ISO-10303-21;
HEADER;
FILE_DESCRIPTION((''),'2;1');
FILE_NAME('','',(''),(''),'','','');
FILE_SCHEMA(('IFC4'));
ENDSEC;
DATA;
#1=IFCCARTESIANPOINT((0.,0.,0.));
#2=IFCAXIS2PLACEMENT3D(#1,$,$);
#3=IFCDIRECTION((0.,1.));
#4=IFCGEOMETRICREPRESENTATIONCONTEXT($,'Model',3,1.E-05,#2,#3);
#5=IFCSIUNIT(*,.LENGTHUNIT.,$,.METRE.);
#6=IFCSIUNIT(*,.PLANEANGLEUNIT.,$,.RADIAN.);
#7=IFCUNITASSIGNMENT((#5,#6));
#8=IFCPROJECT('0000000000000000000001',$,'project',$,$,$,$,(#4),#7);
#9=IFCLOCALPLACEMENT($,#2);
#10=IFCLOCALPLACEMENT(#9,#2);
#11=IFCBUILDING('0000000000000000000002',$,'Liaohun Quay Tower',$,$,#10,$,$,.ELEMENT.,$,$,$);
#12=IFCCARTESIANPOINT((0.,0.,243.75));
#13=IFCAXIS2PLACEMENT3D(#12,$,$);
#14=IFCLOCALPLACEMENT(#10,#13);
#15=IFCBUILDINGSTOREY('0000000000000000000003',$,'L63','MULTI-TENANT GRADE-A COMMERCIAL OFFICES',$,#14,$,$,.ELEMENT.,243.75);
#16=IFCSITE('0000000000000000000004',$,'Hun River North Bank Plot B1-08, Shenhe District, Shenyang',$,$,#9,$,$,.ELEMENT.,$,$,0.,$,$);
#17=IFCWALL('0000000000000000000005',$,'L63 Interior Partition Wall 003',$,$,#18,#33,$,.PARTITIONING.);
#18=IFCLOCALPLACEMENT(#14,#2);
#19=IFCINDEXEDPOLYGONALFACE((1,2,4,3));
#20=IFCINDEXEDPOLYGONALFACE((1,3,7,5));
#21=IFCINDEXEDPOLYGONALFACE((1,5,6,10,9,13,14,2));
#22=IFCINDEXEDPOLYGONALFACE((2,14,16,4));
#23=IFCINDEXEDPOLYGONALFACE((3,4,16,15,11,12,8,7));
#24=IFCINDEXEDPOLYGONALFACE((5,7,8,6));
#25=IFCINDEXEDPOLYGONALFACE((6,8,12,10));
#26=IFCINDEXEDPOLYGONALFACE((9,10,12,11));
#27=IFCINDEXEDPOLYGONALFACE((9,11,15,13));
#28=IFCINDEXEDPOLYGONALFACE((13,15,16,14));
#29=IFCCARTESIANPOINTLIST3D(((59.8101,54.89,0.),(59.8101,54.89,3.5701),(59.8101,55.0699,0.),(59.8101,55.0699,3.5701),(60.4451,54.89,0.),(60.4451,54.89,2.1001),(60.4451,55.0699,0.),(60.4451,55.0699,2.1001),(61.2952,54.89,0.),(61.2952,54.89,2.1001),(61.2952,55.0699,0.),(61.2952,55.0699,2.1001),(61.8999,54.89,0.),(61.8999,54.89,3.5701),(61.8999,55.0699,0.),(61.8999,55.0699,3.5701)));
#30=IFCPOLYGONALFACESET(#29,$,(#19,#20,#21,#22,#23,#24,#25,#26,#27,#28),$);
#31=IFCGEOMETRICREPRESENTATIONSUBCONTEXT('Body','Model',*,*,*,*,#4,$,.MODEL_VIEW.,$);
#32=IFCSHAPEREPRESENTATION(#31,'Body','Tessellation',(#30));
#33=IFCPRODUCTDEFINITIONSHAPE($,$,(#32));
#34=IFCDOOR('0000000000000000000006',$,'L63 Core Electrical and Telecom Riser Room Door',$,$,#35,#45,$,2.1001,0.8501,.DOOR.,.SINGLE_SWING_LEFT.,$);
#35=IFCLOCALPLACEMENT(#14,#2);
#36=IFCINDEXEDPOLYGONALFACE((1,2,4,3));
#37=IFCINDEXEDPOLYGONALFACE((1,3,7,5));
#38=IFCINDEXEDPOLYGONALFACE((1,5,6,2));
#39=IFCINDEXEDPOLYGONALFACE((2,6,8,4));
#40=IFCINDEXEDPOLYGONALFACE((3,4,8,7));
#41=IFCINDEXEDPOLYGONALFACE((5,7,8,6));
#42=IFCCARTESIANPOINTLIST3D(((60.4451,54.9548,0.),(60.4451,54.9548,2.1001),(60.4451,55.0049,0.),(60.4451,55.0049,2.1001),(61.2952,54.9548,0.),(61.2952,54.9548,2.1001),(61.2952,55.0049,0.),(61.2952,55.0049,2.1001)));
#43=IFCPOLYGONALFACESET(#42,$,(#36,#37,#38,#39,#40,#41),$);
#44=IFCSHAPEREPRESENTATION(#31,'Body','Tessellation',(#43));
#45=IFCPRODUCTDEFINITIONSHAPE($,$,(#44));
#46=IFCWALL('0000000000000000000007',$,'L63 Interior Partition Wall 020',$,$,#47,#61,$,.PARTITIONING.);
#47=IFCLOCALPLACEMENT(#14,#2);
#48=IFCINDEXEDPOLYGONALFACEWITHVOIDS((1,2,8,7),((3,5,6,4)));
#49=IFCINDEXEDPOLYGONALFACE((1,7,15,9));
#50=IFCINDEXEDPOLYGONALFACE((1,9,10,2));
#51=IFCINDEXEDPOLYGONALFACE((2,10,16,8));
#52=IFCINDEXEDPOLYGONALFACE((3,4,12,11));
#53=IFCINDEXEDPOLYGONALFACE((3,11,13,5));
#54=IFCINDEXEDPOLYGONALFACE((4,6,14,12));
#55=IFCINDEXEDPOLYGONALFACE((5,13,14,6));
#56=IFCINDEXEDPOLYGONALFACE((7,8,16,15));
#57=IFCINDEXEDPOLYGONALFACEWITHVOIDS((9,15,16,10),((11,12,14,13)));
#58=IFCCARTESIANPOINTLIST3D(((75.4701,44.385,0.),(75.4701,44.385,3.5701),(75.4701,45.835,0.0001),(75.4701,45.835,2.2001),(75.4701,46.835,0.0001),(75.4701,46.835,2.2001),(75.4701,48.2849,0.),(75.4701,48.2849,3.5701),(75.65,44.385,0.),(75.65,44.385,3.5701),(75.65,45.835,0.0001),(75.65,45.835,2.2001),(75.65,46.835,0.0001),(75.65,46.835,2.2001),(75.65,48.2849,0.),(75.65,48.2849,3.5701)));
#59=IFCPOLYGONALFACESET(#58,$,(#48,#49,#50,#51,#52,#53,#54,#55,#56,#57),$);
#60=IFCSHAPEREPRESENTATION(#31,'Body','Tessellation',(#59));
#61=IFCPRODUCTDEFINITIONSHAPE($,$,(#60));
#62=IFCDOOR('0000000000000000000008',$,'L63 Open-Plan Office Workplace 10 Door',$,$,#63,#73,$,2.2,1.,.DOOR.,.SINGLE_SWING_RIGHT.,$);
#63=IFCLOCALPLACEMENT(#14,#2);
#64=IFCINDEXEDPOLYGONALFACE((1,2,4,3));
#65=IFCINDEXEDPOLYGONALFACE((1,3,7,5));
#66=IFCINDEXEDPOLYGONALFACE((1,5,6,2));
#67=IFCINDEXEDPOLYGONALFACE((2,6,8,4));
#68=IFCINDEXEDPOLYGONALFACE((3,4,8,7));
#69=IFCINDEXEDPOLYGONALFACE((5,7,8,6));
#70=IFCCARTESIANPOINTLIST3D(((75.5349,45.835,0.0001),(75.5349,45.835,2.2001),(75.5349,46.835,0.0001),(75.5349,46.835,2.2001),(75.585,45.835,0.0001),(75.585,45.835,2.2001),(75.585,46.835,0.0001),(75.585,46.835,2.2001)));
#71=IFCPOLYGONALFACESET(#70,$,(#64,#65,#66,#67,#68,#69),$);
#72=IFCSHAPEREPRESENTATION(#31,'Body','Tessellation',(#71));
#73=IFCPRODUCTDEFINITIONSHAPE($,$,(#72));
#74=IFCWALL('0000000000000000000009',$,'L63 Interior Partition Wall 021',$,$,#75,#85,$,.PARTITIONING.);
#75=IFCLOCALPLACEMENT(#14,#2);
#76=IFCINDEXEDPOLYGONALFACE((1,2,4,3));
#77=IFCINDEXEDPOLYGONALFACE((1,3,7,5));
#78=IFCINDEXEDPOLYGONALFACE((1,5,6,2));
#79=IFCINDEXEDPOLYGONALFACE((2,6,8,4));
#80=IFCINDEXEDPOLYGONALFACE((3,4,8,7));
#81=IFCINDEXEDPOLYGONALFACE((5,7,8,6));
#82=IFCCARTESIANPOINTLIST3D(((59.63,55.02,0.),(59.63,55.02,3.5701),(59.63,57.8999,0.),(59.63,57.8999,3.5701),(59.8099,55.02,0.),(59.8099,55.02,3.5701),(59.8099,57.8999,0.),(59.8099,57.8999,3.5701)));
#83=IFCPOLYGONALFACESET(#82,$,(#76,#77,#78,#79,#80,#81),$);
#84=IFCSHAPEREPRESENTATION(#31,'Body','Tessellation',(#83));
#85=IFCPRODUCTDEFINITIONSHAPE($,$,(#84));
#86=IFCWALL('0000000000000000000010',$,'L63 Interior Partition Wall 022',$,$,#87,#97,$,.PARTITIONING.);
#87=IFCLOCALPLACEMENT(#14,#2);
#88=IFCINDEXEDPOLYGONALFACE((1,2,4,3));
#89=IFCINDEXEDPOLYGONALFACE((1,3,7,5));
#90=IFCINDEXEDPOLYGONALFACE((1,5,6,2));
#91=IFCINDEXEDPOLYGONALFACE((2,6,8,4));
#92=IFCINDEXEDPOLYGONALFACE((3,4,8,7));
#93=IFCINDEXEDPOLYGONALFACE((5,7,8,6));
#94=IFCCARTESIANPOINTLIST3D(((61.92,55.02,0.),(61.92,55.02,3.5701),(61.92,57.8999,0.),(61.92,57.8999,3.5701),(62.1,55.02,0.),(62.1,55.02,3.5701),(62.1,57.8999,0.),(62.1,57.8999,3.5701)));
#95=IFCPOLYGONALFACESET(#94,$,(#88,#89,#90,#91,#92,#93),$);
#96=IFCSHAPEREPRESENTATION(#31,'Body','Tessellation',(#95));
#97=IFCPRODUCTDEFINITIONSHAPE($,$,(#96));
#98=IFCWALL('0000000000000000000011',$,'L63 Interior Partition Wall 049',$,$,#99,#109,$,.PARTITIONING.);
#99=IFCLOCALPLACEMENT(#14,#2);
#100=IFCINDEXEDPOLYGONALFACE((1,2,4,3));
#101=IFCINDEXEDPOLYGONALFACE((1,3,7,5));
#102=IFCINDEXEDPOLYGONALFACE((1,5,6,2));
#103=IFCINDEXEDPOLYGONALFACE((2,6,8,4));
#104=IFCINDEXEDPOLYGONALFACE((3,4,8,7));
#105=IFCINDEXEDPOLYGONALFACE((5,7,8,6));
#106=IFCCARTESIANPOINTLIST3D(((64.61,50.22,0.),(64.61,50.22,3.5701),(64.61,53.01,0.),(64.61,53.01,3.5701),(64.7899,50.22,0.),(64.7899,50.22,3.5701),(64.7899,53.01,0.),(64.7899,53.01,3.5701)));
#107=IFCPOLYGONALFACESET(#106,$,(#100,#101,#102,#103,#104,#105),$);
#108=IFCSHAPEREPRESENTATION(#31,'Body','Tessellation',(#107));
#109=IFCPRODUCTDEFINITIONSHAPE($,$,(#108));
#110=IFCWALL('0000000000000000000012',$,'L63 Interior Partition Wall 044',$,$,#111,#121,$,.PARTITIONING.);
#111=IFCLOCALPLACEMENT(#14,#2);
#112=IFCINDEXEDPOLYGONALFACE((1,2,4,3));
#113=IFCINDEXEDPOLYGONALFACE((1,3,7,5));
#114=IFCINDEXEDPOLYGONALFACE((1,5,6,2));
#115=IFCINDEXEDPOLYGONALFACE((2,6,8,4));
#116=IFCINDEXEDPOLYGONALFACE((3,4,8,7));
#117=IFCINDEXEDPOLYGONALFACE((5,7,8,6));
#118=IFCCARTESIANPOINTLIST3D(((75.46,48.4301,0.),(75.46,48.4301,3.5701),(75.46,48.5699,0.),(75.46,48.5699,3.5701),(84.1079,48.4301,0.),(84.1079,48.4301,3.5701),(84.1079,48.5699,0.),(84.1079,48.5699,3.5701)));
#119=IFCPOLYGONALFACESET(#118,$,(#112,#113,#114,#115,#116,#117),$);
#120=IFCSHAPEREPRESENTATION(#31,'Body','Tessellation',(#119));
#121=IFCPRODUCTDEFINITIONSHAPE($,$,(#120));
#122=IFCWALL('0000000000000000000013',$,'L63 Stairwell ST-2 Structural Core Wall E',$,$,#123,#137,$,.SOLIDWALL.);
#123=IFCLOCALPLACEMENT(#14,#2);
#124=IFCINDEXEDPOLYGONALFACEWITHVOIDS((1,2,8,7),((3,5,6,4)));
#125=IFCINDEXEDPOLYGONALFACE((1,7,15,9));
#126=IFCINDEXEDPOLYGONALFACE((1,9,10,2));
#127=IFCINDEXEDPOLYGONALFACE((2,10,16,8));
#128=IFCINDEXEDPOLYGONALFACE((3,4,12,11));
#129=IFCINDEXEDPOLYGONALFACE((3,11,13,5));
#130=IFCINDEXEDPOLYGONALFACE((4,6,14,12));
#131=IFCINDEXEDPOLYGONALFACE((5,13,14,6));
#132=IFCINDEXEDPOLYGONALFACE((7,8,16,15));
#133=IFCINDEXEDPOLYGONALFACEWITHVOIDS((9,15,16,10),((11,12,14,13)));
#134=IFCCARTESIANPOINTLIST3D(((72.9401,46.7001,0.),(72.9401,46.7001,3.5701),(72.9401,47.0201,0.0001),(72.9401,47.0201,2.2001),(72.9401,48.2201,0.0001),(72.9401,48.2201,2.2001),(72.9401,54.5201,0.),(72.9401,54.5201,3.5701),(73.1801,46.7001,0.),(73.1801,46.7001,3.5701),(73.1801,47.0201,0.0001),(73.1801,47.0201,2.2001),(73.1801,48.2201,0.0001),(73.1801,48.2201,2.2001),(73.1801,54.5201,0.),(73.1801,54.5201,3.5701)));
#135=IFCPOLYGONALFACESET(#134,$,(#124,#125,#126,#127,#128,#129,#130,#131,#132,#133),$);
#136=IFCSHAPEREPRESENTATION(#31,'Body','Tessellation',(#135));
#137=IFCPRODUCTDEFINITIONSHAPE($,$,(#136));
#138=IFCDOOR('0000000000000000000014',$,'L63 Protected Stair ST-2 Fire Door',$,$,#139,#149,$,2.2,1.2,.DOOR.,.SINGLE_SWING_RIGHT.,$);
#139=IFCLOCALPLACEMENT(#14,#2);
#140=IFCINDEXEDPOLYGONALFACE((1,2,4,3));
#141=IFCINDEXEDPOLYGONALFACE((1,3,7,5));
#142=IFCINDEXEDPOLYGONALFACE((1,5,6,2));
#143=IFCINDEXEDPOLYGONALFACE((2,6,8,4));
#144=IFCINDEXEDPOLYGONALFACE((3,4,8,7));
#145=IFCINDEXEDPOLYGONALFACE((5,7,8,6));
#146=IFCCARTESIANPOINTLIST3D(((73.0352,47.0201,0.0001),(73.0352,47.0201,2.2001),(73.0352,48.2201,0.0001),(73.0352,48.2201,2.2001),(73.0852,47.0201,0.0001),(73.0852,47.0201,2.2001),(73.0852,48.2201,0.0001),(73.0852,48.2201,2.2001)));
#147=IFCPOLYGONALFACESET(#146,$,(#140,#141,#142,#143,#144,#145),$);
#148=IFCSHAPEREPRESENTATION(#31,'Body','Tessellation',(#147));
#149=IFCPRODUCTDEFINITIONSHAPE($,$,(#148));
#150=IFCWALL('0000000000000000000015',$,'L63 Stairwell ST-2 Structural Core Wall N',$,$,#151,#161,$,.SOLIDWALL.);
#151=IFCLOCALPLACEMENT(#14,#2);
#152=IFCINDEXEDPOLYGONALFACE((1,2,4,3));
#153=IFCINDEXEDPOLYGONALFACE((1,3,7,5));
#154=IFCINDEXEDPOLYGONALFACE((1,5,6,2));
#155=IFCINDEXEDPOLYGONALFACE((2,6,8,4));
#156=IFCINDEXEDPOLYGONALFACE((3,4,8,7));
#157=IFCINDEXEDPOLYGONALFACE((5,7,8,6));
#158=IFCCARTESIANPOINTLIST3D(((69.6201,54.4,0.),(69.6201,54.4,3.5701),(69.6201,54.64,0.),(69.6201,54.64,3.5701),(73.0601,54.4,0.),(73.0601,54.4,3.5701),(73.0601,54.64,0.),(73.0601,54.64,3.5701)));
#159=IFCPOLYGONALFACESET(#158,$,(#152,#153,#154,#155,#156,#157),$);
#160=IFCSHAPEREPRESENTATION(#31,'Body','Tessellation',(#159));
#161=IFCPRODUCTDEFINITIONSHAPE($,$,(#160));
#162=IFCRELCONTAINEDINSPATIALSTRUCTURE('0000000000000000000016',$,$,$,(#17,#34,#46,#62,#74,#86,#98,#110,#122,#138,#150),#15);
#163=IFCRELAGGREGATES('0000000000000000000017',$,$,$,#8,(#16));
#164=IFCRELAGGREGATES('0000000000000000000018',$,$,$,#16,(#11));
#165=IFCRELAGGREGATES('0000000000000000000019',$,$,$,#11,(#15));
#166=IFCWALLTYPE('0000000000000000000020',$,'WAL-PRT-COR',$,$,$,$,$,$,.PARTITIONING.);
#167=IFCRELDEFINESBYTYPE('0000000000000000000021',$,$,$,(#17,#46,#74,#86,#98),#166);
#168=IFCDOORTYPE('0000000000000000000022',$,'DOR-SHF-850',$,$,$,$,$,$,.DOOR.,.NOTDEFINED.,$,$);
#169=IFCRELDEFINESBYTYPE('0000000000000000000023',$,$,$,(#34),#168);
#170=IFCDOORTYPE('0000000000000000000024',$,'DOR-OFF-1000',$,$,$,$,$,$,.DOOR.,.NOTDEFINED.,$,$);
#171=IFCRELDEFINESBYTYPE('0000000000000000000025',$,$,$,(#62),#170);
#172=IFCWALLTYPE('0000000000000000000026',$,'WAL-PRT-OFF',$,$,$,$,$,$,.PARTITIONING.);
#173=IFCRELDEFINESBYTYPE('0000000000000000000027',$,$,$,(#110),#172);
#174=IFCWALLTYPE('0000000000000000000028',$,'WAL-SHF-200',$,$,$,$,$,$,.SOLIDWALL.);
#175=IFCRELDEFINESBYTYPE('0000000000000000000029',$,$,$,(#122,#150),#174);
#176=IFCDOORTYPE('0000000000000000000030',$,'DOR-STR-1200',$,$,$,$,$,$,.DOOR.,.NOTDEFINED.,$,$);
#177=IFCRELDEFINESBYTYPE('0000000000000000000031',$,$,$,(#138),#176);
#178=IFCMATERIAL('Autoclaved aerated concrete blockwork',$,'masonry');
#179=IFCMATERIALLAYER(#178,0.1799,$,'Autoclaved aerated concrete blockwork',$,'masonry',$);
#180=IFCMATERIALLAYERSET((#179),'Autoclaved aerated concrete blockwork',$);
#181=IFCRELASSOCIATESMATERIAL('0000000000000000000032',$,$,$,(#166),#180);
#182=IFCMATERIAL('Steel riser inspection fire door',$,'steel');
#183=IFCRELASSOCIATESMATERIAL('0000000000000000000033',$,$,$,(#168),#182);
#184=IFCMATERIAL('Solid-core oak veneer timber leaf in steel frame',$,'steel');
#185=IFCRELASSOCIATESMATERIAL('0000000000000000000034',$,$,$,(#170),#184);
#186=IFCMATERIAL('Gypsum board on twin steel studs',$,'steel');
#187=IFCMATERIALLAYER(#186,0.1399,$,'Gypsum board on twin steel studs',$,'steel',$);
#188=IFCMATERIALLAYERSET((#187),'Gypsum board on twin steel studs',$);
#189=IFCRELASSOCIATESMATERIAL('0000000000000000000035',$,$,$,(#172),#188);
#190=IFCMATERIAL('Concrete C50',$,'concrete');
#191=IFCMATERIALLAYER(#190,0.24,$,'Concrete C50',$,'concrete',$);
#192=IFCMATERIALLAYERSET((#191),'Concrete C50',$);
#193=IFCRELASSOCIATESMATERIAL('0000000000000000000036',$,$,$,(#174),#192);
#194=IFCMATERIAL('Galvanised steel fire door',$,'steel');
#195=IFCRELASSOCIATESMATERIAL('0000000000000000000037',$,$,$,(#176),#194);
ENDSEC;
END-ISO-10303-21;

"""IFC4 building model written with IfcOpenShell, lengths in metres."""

from ifc_helpers import new_model, si_unit, direction, frame, frame_2d, origin, place, context, subcontext, project, spatial, rectangle, extrude, source, transform, mapped, material, layer, layer_set, type_object, element, fill, save


model = new_model("IFC4")

# Units and contexts
model_context = context("Model", 3, precision=1e-05, world=origin(), true_north=direction((0.0, 1.0)))
body_context = subcontext(model_context, "Body", "Model", "MODEL_VIEW")
ifc_project = project(units=[si_unit("LENGTHUNIT", "METRE"), si_unit("PLANEANGLEUNIT", "RADIAN")], contexts=[model_context])

# Site, building, storey
site_placement = place(None, origin())
site = spatial("IfcSite", under=ifc_project, at=site_placement, Name="Hun River North Bank Plot B1-08, Shenhe District, Shenyang", CompositionType="ELEMENT", RefElevation=0.0)
building_placement = place(site_placement, origin())
building = spatial("IfcBuilding", under=site, at=building_placement, Name="Liaohun Quay Tower", CompositionType="ELEMENT")
storey_placement = place(building_placement, frame((0.0, 0.0, 243.75)))
storey = spatial("IfcBuildingStorey", under=building, at=storey_placement, Name="L63", Description="MULTI-TENANT GRADE-A COMMERCIAL OFFICES", CompositionType="ELEMENT", Elevation=243.75)

# Walls, openings, doors
ifc_material_1 = material(Name="Autoclaved aerated concrete blockwork", Category="masonry")
ifc_layer_1 = layer(ifc_material_1, 0.1799, Name="Autoclaved aerated concrete blockwork", Category="masonry")
ifc_layer_set_1 = layer_set([ifc_layer_1], Name="Autoclaved aerated concrete blockwork")
wall_type_1 = type_object("IfcWallType", Name="WAL-PRT-COR", PredefinedType="PARTITIONING", material=ifc_layer_set_1)
wall_1_placement = place(storey_placement, frame((59.8101, 54.98, 0.0), z_axis=(0.0, 0.0, 1.0), x_axis=(1.0, 0.0, 0.0)))
wall_1 = element("IfcWall", 1, at=wall_1_placement, inside=storey, type_object=wall_type_1, Name="L63 Interior Partition Wall 003", PredefinedType="PARTITIONING", context=body_context, shape_type="SweptSolid", body=[
    extrude(rectangle(XDim=2.0898, YDim=0.1799, at=frame_2d((1.0449, 0.0))), origin(), (0.0, 0.0, 1.0), 3.5701),
])
shared_shape_1 = source(origin(), body_context, "Body", "SweptSolid", [
    extrude(rectangle(XDim=0.8501, YDim=2.1001, at=frame_2d((0.425, 1.05))), frame((0.0, 0.0999, 0.0), z_axis=(0.0, -1.0, 0.0), x_axis=(1.0, 0.0, 0.0)), (0.0, 0.0, 1.0), 0.2),
])
opening_1_placement = place(wall_1_placement, frame((0.635, 0.0, 0.0)))
opening_1 = element("IfcOpeningElement", 2, at=opening_1_placement, cuts=wall_1, PredefinedType="OPENING", context=body_context, shape_type="MappedRepresentation", body=[
    mapped(shared_shape_1, transform((0.0, 0.0, 0.0), x_axis=(1.0, 0.0, 0.0), y_axis=(0.0, 1.0, 0.0), z_axis=(0.0, 0.0, 1.0), scale=1.0)),
])
ifc_material_2 = material(Name="Steel riser inspection fire door", Category="steel")
door_type_1 = type_object("IfcDoorType", Name="DOR-SHF-850", OperationType="NOTDEFINED", PredefinedType="DOOR", material=ifc_material_2)
shared_shape_2 = source(origin(), body_context, "Body", "SweptSolid", [
    extrude(rectangle(XDim=0.8501, YDim=2.1001, at=frame_2d((0.425, 1.05))), frame((0.0, 0.0249, 0.0), z_axis=(0.0, -1.0, 0.0), x_axis=(1.0, 0.0, 0.0)), (0.0, 0.0, 1.0), 0.05),
])
door_1_placement = place(opening_1_placement, origin())
door_1 = element("IfcDoor", 3, at=door_1_placement, inside=storey, type_object=door_type_1, Name="L63 Core Electrical and Telecom Riser Room Door", OperationType="SINGLE_SWING_LEFT", OverallHeight=2.1001, OverallWidth=0.8501, PredefinedType="DOOR", context=body_context, shape_type="MappedRepresentation", body=[
    mapped(shared_shape_2, transform((0.0, 0.0, 0.0), x_axis=(1.0, 0.0, 0.0), y_axis=(0.0, 1.0, 0.0), z_axis=(0.0, 0.0, 1.0), scale=1.0)),
])
fill(opening_1, door_1)
wall_2_placement = place(storey_placement, frame((75.5601, 48.2849, 0.0), z_axis=(0.0, 0.0, 1.0), x_axis=(0.0, -1.0, 0.0)))
wall_2 = element("IfcWall", 4, at=wall_2_placement, inside=storey, type_object=wall_type_1, Name="L63 Interior Partition Wall 020", PredefinedType="PARTITIONING", context=body_context, shape_type="SweptSolid", body=[
    extrude(rectangle(XDim=3.8999, YDim=0.1799, at=frame_2d((1.95, 0.0))), origin(), (0.0, 0.0, 1.0), 3.5701),
])
shared_shape_3 = source(origin(), body_context, "Body", "SweptSolid", [
    extrude(rectangle(XDim=1.0, YDim=2.2, at=frame_2d((0.5, 1.1001))), frame((0.0, 0.0999, 0.0), z_axis=(0.0, -1.0, 0.0), x_axis=(1.0, 0.0, 0.0)), (0.0, 0.0, 1.0), 0.2),
])
opening_2_placement = place(wall_2_placement, frame((1.45, 0.0, 0.0)))
opening_2 = element("IfcOpeningElement", 5, at=opening_2_placement, cuts=wall_2, PredefinedType="OPENING", context=body_context, shape_type="MappedRepresentation", body=[
    mapped(shared_shape_3, transform((0.0, 0.0, 0.0), x_axis=(1.0, 0.0, 0.0), y_axis=(0.0, 1.0, 0.0), z_axis=(0.0, 0.0, 1.0), scale=1.0)),
])
ifc_material_3 = material(Name="Solid-core oak veneer timber leaf in steel frame", Category="steel")
door_type_2 = type_object("IfcDoorType", Name="DOR-OFF-1000", OperationType="NOTDEFINED", PredefinedType="DOOR", material=ifc_material_3)
shared_shape_4 = source(origin(), body_context, "Body", "SweptSolid", [
    extrude(rectangle(XDim=1.0, YDim=2.2, at=frame_2d((0.5, 1.1001))), frame((0.0, 0.0249, 0.0), z_axis=(0.0, -1.0, 0.0), x_axis=(1.0, 0.0, 0.0)), (0.0, 0.0, 1.0), 0.05),
])
door_2_placement = place(opening_2_placement, origin())
door_2 = element("IfcDoor", 6, at=door_2_placement, inside=storey, type_object=door_type_2, Name="L63 Open-Plan Office Workplace 10 Door", OperationType="SINGLE_SWING_RIGHT", OverallHeight=2.2, OverallWidth=1.0, PredefinedType="DOOR", context=body_context, shape_type="MappedRepresentation", body=[
    mapped(shared_shape_4, transform((0.0, 0.0, 0.0), x_axis=(1.0, 0.0, 0.0), y_axis=(0.0, 1.0, 0.0), z_axis=(0.0, 0.0, 1.0), scale=1.0)),
])
fill(opening_2, door_2)

# Walls
for number, where, z_axis, x_axis, name in (
    (7, (59.72, 55.02, 0.0), (0.0, 0.0, 1.0), (0.0, 1.0, 0.0), "L63 Interior Partition Wall 021"),
    (8, (62.01, 55.02, 0.0), (0.0, 0.0, 1.0), (0.0, 1.0, 0.0), "L63 Interior Partition Wall 022"),
):
    element("IfcWall", number, at=place(storey_placement, frame(where, z_axis=z_axis, x_axis=x_axis)), inside=storey, type_object=wall_type_1, Name=name, PredefinedType="PARTITIONING", context=body_context, shape_type="SweptSolid", body=[
        extrude(rectangle(XDim=2.8799, YDim=0.1799, at=frame_2d((1.4399, 0.0))), origin(), (0.0, 0.0, 1.0), 3.5701),
    ])
wall_3_placement = place(storey_placement, frame((64.7, 50.22, 0.0), z_axis=(0.0, 0.0, 1.0), x_axis=(0.0, 1.0, 0.0)))
element("IfcWall", 9, at=wall_3_placement, inside=storey, type_object=wall_type_1, Name="L63 Interior Partition Wall 049", PredefinedType="PARTITIONING", context=body_context, shape_type="SweptSolid", body=[
    extrude(rectangle(XDim=2.79, YDim=0.1799, at=frame_2d((1.395, 0.0))), origin(), (0.0, 0.0, 1.0), 3.5701),
])
ifc_material_4 = material(Name="Gypsum board on twin steel studs", Category="steel")
ifc_layer_2 = layer(ifc_material_4, 0.1399, Name="Gypsum board on twin steel studs", Category="steel")
ifc_layer_set_2 = layer_set([ifc_layer_2], Name="Gypsum board on twin steel studs")
wall_type_2 = type_object("IfcWallType", Name="WAL-PRT-OFF", PredefinedType="PARTITIONING", material=ifc_layer_set_2)
wall_4_placement = place(storey_placement, frame((75.46, 48.5, 0.0), z_axis=(0.0, 0.0, 1.0), x_axis=(1.0, 0.0, 0.0)))
element("IfcWall", 10, at=wall_4_placement, inside=storey, type_object=wall_type_2, Name="L63 Interior Partition Wall 044", PredefinedType="PARTITIONING", context=body_context, shape_type="SweptSolid", body=[
    extrude(rectangle(XDim=8.6479, YDim=0.1399, at=frame_2d((4.324, 0.0))), origin(), (0.0, 0.0, 1.0), 3.5701),
])

# Wall, opening, door
ifc_material_5 = material(Name="Concrete C50", Category="concrete")
ifc_layer_3 = layer(ifc_material_5, 0.24, Name="Concrete C50", Category="concrete")
ifc_layer_set_3 = layer_set([ifc_layer_3], Name="Concrete C50")
wall_type_3 = type_object("IfcWallType", Name="WAL-SHF-200", PredefinedType="SOLIDWALL", material=ifc_layer_set_3)
wall_5_placement = place(storey_placement, frame((73.0601, 46.7, 0.0), z_axis=(0.0, 0.0, 1.0), x_axis=(0.0, 1.0, 0.0)))
wall_5 = element("IfcWall", 11, at=wall_5_placement, inside=storey, type_object=wall_type_3, Name="L63 Stairwell ST-2 Structural Core Wall E", PredefinedType="SOLIDWALL", context=body_context, shape_type="SweptSolid", body=[
    extrude(rectangle(XDim=7.8201, YDim=0.24, at=frame_2d((3.9102, 0.0))), origin(), (0.0, 0.0, 1.0), 3.5701),
])
shared_shape_5 = source(origin(), body_context, "Body", "SweptSolid", [
    extrude(rectangle(XDim=1.2, YDim=2.2, at=frame_2d((0.6001, 1.1001))), frame((0.0, 0.1299, 0.0), z_axis=(0.0, -1.0, 0.0), x_axis=(1.0, 0.0, 0.0)), (0.0, 0.0, 1.0), 0.26),
])
opening_3_placement = place(wall_5_placement, frame((0.3201, 0.0, 0.0)))
opening_3 = element("IfcOpeningElement", 12, at=opening_3_placement, cuts=wall_5, PredefinedType="OPENING", context=body_context, shape_type="MappedRepresentation", body=[
    mapped(shared_shape_5, transform((0.0, 0.0, 0.0), x_axis=(1.0, 0.0, 0.0), y_axis=(0.0, 1.0, 0.0), z_axis=(0.0, 0.0, 1.0), scale=1.0)),
])
ifc_material_6 = material(Name="Galvanised steel fire door", Category="steel")
door_type_3 = type_object("IfcDoorType", Name="DOR-STR-1200", OperationType="NOTDEFINED", PredefinedType="DOOR", material=ifc_material_6)
shared_shape_6 = source(origin(), body_context, "Body", "SweptSolid", [
    extrude(rectangle(XDim=1.2, YDim=2.2, at=frame_2d((0.6001, 1.1001))), frame((0.0, 0.0249, 0.0), z_axis=(0.0, -1.0, 0.0), x_axis=(1.0, 0.0, 0.0)), (0.0, 0.0, 1.0), 0.05),
])
door_3_placement = place(opening_3_placement, origin())
door_3 = element("IfcDoor", 13, at=door_3_placement, inside=storey, type_object=door_type_3, Name="L63 Protected Stair ST-2 Fire Door", OperationType="SINGLE_SWING_RIGHT", OverallHeight=2.2, OverallWidth=1.2, PredefinedType="DOOR", context=body_context, shape_type="MappedRepresentation", body=[
    mapped(shared_shape_6, transform((0.0, 0.0, 0.0), x_axis=(1.0, 0.0, 0.0), y_axis=(0.0, 1.0, 0.0), z_axis=(0.0, 0.0, 1.0), scale=1.0)),
])
fill(opening_3, door_3)

# Wall
wall_6_placement = place(storey_placement, frame((73.0601, 54.52, 0.0), z_axis=(0.0, 0.0, 1.0), x_axis=(-1.0, 0.0, 0.0)))
element("IfcWall", 14, at=wall_6_placement, inside=storey, type_object=wall_type_3, Name="L63 Stairwell ST-2 Structural Core Wall N", PredefinedType="SOLIDWALL", context=body_context, shape_type="SweptSolid", body=[
    extrude(rectangle(XDim=3.4399, YDim=0.24, at=frame_2d((1.72, 0.0))), origin(), (0.0, 0.0, 1.0), 3.5701),
])

save(model, "model.ifc")
